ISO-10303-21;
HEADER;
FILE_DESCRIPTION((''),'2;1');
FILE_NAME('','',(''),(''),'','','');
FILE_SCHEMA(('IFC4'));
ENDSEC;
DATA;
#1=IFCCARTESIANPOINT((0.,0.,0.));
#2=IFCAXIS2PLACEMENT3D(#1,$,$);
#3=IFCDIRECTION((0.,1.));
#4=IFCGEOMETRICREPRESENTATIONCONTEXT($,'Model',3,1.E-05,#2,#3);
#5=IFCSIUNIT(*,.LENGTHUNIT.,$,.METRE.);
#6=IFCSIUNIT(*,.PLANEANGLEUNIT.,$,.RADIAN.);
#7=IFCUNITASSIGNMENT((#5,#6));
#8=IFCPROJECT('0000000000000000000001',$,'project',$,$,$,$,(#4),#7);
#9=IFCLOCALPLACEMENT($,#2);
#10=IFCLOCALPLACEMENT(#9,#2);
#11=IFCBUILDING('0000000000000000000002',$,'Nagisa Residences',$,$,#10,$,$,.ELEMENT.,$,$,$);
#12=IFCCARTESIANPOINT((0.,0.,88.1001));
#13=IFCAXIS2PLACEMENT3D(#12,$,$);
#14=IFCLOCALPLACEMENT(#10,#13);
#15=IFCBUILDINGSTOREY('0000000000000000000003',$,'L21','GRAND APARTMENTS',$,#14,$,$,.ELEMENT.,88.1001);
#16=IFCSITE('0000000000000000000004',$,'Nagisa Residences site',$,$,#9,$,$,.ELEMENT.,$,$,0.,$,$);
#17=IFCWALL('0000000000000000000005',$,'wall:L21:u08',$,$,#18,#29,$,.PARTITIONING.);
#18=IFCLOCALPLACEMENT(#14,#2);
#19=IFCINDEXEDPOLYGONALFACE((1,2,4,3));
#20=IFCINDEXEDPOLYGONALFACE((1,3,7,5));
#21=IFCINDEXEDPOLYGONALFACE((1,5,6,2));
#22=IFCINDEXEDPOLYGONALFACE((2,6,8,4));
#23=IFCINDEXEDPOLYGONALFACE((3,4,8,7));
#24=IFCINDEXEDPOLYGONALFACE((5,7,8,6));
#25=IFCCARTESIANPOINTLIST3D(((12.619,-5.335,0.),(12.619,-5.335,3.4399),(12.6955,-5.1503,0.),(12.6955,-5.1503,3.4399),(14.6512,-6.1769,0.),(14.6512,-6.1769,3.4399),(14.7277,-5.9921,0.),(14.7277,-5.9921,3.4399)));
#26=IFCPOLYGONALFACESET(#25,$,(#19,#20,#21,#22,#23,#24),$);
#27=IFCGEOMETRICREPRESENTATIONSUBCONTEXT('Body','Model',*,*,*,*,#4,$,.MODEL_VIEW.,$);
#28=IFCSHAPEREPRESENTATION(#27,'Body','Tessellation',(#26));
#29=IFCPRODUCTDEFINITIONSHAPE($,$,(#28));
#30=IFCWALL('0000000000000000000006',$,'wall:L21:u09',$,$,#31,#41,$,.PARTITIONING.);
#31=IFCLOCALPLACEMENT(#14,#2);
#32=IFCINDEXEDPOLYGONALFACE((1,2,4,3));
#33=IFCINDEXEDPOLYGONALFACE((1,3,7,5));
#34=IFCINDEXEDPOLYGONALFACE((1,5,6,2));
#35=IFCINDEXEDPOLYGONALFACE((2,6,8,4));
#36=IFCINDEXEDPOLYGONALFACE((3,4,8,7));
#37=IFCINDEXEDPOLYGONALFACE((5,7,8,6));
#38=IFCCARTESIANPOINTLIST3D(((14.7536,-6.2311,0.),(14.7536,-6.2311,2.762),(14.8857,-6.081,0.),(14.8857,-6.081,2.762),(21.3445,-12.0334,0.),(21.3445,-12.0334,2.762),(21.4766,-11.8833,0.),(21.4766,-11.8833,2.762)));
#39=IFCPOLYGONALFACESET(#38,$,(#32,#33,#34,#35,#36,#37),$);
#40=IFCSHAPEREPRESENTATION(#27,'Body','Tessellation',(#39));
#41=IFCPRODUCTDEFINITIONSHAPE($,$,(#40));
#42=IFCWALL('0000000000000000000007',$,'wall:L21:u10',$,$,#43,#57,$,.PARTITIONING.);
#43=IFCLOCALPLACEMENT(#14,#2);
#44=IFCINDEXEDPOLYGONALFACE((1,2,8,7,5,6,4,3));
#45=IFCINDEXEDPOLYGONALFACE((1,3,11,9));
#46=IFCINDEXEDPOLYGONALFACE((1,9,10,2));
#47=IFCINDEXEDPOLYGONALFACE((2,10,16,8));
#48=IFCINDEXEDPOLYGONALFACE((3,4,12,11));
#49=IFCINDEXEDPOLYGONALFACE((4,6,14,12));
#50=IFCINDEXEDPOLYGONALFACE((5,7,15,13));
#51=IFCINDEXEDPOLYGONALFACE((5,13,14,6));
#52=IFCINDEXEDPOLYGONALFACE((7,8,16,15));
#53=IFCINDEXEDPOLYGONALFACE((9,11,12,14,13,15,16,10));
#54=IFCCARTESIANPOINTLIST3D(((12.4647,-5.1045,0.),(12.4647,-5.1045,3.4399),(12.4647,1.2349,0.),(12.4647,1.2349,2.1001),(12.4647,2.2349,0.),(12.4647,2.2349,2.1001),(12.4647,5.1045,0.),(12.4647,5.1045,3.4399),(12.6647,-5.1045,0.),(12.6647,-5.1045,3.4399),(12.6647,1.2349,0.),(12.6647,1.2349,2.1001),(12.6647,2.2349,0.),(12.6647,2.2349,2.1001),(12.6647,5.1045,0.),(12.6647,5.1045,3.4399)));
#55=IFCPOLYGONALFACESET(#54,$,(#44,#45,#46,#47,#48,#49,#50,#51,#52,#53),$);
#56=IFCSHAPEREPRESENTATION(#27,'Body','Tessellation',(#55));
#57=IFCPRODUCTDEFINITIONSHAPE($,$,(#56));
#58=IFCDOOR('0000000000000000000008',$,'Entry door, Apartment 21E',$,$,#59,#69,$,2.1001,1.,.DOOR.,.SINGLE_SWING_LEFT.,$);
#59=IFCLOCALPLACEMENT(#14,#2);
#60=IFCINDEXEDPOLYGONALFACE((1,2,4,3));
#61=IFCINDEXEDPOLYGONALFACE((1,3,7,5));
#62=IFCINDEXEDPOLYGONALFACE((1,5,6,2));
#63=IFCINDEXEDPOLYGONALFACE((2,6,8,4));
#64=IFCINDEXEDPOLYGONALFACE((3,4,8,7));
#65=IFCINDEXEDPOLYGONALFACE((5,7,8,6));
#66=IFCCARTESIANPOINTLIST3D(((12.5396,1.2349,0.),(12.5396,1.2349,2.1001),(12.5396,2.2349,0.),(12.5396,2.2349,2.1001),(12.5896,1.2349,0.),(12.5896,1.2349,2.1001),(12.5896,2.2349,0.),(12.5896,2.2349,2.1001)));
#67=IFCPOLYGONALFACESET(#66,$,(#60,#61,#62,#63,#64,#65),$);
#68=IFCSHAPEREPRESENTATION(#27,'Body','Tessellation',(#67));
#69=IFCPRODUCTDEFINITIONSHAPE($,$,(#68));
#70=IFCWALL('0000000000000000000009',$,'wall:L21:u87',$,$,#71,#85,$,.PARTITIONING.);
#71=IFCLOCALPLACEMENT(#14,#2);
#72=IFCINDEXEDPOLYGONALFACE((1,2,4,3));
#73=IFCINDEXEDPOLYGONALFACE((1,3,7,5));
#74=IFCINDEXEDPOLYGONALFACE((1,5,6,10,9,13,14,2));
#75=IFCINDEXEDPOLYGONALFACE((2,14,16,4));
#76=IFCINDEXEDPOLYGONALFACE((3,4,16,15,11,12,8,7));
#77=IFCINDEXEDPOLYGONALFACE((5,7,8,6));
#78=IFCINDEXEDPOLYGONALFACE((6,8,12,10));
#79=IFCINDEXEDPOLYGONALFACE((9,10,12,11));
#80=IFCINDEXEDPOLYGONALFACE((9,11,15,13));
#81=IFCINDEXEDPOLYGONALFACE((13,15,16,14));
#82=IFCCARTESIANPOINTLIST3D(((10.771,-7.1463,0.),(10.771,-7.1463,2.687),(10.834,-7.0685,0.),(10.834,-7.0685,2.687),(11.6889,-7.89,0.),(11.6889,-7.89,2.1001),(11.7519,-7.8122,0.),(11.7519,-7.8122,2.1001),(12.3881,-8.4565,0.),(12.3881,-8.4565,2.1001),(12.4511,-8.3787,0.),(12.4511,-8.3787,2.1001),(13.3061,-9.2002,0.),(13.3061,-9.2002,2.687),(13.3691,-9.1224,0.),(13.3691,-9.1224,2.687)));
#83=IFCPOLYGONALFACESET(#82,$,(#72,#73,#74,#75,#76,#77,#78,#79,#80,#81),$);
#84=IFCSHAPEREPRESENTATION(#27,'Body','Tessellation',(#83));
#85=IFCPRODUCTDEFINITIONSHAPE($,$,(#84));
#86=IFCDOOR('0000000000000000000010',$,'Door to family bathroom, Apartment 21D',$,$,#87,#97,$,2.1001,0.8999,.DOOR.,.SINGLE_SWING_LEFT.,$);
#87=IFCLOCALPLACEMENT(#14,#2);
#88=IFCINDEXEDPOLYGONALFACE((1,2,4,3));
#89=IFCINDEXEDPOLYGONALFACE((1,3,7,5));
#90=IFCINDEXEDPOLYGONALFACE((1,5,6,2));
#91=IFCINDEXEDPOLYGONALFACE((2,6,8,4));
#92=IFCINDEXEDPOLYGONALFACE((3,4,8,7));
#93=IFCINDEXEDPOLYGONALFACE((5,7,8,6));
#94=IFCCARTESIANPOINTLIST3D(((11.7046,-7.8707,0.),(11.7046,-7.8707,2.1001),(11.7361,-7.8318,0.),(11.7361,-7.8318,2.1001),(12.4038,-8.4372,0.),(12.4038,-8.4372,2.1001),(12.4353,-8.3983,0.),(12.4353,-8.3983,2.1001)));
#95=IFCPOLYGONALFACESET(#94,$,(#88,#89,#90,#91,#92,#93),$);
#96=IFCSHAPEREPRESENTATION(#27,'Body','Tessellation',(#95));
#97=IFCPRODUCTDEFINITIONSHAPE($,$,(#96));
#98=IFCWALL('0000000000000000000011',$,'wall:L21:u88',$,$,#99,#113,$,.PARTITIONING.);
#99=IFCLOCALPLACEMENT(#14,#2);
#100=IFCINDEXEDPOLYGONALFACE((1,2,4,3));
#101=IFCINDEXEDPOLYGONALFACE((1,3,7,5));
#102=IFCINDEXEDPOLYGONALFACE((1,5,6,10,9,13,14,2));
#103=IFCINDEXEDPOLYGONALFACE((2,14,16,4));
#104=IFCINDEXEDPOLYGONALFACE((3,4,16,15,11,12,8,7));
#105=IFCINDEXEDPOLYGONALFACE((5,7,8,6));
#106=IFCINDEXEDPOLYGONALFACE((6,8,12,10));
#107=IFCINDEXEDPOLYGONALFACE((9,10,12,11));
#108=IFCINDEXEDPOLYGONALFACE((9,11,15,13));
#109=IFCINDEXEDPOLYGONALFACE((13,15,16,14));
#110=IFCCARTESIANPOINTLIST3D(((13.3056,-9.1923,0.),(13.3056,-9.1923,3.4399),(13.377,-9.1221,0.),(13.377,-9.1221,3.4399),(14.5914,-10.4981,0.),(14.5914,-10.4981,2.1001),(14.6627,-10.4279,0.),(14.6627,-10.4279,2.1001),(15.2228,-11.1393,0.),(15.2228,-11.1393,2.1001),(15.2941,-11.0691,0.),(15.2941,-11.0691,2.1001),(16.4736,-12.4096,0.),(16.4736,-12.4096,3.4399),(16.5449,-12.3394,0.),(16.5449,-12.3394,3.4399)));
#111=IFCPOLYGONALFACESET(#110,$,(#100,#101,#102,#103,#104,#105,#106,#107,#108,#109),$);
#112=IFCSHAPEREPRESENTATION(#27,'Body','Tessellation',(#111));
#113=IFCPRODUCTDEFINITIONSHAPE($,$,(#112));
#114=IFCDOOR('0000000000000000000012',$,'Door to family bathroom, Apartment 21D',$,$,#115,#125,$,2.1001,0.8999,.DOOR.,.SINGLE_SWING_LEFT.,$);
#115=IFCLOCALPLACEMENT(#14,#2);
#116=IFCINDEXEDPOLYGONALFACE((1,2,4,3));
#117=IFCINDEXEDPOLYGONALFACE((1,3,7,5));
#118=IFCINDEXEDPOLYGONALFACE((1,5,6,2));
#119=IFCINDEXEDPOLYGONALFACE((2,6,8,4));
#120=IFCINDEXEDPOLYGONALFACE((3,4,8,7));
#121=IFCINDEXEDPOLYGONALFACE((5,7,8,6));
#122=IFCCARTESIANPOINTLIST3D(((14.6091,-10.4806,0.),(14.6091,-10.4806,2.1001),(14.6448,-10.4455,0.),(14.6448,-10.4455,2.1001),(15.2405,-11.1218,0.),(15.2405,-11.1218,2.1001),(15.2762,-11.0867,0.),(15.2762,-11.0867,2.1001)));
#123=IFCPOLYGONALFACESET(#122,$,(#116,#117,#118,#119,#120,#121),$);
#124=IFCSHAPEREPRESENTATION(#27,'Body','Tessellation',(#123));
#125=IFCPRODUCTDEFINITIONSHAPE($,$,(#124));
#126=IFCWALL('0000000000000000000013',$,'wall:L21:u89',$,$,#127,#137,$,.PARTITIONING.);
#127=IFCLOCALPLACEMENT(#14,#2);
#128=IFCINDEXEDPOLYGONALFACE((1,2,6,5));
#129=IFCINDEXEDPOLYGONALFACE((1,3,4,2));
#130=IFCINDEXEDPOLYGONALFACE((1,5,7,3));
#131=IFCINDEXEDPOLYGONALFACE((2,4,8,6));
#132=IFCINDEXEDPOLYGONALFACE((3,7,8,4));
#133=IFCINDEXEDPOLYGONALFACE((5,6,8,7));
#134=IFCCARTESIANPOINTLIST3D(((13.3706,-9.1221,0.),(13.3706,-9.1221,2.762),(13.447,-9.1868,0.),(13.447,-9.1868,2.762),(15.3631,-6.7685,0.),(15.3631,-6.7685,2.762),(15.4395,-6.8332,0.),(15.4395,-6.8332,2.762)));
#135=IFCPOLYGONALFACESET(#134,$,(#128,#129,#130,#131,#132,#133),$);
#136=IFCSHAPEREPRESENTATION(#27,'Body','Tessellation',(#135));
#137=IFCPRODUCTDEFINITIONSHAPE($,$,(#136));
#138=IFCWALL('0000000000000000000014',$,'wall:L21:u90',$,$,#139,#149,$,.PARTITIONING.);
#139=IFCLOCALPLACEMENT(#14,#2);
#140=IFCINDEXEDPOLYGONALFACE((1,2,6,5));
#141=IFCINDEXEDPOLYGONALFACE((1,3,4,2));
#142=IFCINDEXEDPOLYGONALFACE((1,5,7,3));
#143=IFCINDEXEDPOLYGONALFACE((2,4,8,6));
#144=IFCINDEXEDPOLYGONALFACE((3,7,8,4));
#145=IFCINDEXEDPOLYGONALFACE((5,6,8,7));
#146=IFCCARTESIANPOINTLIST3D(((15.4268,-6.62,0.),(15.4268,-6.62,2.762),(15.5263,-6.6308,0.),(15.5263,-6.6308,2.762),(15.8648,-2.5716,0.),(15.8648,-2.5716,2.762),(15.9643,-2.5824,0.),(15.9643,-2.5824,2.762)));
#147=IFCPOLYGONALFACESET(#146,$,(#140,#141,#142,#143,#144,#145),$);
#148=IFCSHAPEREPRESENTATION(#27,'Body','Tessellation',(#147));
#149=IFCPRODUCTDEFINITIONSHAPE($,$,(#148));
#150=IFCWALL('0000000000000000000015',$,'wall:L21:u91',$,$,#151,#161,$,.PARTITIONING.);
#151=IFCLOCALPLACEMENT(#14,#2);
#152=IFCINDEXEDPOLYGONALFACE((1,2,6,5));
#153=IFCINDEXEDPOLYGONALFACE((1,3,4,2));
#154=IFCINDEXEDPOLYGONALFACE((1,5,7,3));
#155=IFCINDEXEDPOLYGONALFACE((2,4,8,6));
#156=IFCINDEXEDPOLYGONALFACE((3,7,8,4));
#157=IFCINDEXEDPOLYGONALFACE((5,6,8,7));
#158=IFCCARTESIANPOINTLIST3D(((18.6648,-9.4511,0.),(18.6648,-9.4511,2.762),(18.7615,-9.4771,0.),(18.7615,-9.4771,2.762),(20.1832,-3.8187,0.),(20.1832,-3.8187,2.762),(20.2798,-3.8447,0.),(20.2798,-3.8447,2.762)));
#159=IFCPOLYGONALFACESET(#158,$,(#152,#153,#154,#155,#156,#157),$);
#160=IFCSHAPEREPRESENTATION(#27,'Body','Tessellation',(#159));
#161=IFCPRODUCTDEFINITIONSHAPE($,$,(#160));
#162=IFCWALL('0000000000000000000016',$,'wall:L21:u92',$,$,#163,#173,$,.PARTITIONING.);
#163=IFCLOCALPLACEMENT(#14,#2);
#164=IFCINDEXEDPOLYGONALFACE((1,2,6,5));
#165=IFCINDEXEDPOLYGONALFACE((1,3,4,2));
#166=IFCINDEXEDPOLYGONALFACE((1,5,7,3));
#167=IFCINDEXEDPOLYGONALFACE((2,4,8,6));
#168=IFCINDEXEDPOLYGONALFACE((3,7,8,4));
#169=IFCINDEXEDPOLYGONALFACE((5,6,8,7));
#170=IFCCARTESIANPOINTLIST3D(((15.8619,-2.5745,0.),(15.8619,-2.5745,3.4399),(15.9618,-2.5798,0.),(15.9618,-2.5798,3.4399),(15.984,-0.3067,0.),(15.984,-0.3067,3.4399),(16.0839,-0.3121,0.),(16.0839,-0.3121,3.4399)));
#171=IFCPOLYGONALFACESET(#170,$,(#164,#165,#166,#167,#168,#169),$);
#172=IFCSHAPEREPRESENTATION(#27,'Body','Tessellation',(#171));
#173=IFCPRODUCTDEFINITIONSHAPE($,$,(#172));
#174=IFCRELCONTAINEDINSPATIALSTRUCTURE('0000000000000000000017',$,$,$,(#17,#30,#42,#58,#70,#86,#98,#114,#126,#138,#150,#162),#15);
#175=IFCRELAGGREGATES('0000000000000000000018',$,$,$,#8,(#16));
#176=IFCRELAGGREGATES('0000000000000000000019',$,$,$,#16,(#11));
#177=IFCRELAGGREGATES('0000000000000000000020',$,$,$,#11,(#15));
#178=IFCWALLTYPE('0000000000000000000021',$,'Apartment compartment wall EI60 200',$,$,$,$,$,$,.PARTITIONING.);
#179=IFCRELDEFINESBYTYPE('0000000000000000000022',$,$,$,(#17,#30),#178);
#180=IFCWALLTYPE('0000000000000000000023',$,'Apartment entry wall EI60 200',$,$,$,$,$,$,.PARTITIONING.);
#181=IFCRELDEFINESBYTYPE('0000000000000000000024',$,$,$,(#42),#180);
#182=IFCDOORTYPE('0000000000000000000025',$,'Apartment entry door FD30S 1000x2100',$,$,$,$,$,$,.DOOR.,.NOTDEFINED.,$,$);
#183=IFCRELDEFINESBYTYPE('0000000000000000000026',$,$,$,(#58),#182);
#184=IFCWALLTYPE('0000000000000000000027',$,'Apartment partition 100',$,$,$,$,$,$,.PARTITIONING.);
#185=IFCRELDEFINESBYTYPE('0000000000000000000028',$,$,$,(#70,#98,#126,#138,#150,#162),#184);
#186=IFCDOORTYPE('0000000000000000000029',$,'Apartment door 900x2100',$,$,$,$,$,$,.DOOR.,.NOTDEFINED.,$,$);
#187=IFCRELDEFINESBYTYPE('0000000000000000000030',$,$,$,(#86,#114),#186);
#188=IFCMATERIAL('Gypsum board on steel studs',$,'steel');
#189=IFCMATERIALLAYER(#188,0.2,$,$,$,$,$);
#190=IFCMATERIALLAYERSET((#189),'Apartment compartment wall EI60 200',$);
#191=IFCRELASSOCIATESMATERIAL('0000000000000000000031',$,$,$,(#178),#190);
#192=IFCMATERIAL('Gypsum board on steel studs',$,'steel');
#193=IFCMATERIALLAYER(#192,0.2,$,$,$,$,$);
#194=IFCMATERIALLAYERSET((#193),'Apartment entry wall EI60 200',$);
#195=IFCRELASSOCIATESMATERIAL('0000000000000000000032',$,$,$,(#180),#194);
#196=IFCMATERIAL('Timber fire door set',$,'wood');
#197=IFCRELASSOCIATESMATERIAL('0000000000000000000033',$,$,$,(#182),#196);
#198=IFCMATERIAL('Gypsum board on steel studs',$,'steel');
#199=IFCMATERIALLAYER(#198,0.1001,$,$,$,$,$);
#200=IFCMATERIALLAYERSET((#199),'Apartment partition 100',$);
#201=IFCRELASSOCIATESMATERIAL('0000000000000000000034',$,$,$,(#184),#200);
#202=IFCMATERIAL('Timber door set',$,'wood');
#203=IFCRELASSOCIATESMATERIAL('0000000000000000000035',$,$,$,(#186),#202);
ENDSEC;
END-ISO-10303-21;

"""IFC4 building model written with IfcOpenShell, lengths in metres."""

from ifc_helpers import new_model, si_unit, direction, frame, frame_2d, origin, place, context, subcontext, project, spatial, rectangle, extrude, material, layer, layer_set, type_object, element, fill, save


model = new_model("IFC4")

# Units and contexts
model_context = context("Model", 3, precision=1e-05, world=origin(), true_north=direction((0.0, 1.0)))
body_context = subcontext(model_context, "Body", "Model", "MODEL_VIEW")
ifc_project = project(units=[si_unit("LENGTHUNIT", "METRE"), si_unit("PLANEANGLEUNIT", "RADIAN")], contexts=[model_context])

# Site, building, storey
site_placement = place(None, origin())
site = spatial("IfcSite", under=ifc_project, at=site_placement, Name="Nagisa Residences site", CompositionType="ELEMENT", RefElevation=0.0)
building_placement = place(site_placement, origin())
building = spatial("IfcBuilding", under=site, at=building_placement, Name="Nagisa Residences", CompositionType="ELEMENT")
storey_placement = place(building_placement, frame((0.0, 0.0, 88.1001)))
storey = spatial("IfcBuildingStorey", under=building, at=storey_placement, Name="L21", Description="GRAND APARTMENTS", CompositionType="ELEMENT", Elevation=88.1001)

# Walls
ifc_material_1 = material(Name="Gypsum board on steel studs", Category="steel")
ifc_layer_1 = layer(ifc_material_1, 0.2)
ifc_layer_set_1 = layer_set([ifc_layer_1], Name="Apartment compartment wall EI60 200")
wall_type_1 = type_object("IfcWallType", Name="Apartment compartment wall EI60 200", PredefinedType="PARTITIONING", material=ifc_layer_set_1)
wall_1_placement = place(storey_placement, frame((12.6572, -5.2427, 0.0), z_axis=(0.0, 0.0, 1.0), x_axis=(0.923876, -0.382692, 0.0)))
element("IfcWall", 1, at=wall_1_placement, inside=storey, type_object=wall_type_1, Name="wall:L21:u08", PredefinedType="PARTITIONING", context=body_context, shape_type="SweptSolid", body=[
    extrude(rectangle(XDim=2.1997, YDim=0.2, at=frame_2d((1.0999, 0.0))), origin(), (0.0, 0.0, 1.0), 3.4399),
])
wall_2_placement = place(storey_placement, frame((14.8196, -6.156, 0.0), z_axis=(0.0, 0.0, 1.0), x_axis=(0.750582, -0.660777, 0.0)))
element("IfcWall", 2, at=wall_2_placement, inside=storey, type_object=wall_type_1, Name="wall:L21:u09", PredefinedType="PARTITIONING", context=body_context, shape_type="SweptSolid", body=[
    extrude(rectangle(XDim=8.781, YDim=0.2, at=frame_2d((4.3906, 0.0))), origin(), (0.0, 0.0, 1.0), 2.762),
])

# Walls, openings, doors
ifc_material_2 = material(Name="Gypsum board on steel studs", Category="steel")
ifc_layer_2 = layer(ifc_material_2, 0.2)
ifc_layer_set_2 = layer_set([ifc_layer_2], Name="Apartment entry wall EI60 200")
wall_type_2 = type_object("IfcWallType", Name="Apartment entry wall EI60 200", PredefinedType="PARTITIONING", material=ifc_layer_set_2)
wall_3_placement = place(storey_placement, frame((12.5647, -5.1045, 0.0), z_axis=(0.0, 0.0, 1.0), x_axis=(0.0, 1.0, 0.0)))
wall_3 = element("IfcWall", 3, at=wall_3_placement, inside=storey, type_object=wall_type_2, Name="wall:L21:u10", PredefinedType="PARTITIONING", context=body_context, shape_type="SweptSolid", body=[
    extrude(rectangle(XDim=10.209, YDim=0.2, at=frame_2d((5.1045, 0.0))), origin(), (0.0, 0.0, 1.0), 3.4399),
])
opening_1_placement = place(wall_3_placement, frame((6.3394, 0.0, 0.0)))
opening_1 = element("IfcOpeningElement", 4, at=opening_1_placement, cuts=wall_3, PredefinedType="OPENING", context=body_context, shape_type="SweptSolid", body=[
    extrude(rectangle(XDim=1.0, YDim=2.1001, at=frame_2d((0.5, 1.05))), frame((0.0, 0.1099, 0.0), z_axis=(0.0, -1.0, 0.0), x_axis=(1.0, 0.0, 0.0)), (0.0, 0.0, 1.0), 0.22),
])
ifc_material_3 = material(Name="Timber fire door set", Category="wood")
door_type_1 = type_object("IfcDoorType", Name="Apartment entry door FD30S 1000x2100", OperationType="NOTDEFINED", PredefinedType="DOOR", material=ifc_material_3)
door_1_placement = place(opening_1_placement, frame((1.0, 0.0, 0.0), x_axis=(-1.0, 0.0, 0.0)))
door_1 = element("IfcDoor", 5, at=door_1_placement, inside=storey, type_object=door_type_1, Name="Entry door, Apartment 21E", OperationType="SINGLE_SWING_LEFT", OverallHeight=2.1001, OverallWidth=1.0, PredefinedType="DOOR", context=body_context, shape_type="SweptSolid", body=[
    extrude(rectangle(XDim=1.0, YDim=2.1001, at=frame_2d((0.5, 1.05))), frame((0.0, 0.0249, 0.0), z_axis=(0.0, -1.0, 0.0), x_axis=(1.0, 0.0, 0.0)), (0.0, 0.0, 1.0), 0.05),
])
fill(opening_1, door_1)
ifc_material_4 = material(Name="Gypsum board on steel studs", Category="steel")
ifc_layer_3 = layer(ifc_material_4, 0.1001)
ifc_layer_set_3 = layer_set([ifc_layer_3], Name="Apartment partition 100")
wall_type_3 = type_object("IfcWallType", Name="Apartment partition 100", PredefinedType="PARTITIONING", material=ifc_layer_set_3)
wall_4_placement = place(storey_placement, frame((10.8025, -7.1074, 0.0), z_axis=(0.0, 0.0, 1.0), x_axis=(0.776992, -0.62951, 0.0)))
wall_4 = element("IfcWall", 6, at=wall_4_placement, inside=storey, type_object=wall_type_3, Name="wall:L21:u87", PredefinedType="PARTITIONING", context=body_context, shape_type="SweptSolid", body=[
    extrude(rectangle(XDim=3.2627, YDim=0.1001, at=frame_2d((1.6313, 0.0))), origin(), (0.0, 0.0, 1.0), 2.687),
])
opening_2_placement = place(wall_4_placement, frame((1.1814, 0.0, 0.0)))
opening_2 = element("IfcOpeningElement", 7, at=opening_2_placement, cuts=wall_4, PredefinedType="OPENING", context=body_context, shape_type="SweptSolid", body=[
    extrude(rectangle(XDim=0.8999, YDim=2.1001, at=frame_2d((0.45, 1.05))), frame((0.0, 0.0601, 0.0), z_axis=(0.0, -1.0, 0.0), x_axis=(1.0, 0.0, 0.0)), (0.0, 0.0, 1.0), 0.1201),
])
ifc_material_5 = material(Name="Timber door set", Category="wood")
door_type_2 = type_object("IfcDoorType", Name="Apartment door 900x2100", OperationType="NOTDEFINED", PredefinedType="DOOR", material=ifc_material_5)
door_2_placement = place(opening_2_placement, origin())
door_2 = element("IfcDoor", 8, at=door_2_placement, inside=storey, type_object=door_type_2, Name="Door to family bathroom, Apartment 21D", OperationType="SINGLE_SWING_LEFT", OverallHeight=2.1001, OverallWidth=0.8999, PredefinedType="DOOR", context=body_context, shape_type="SweptSolid", body=[
    extrude(rectangle(XDim=0.8999, YDim=2.1001, at=frame_2d((0.45, 1.05))), frame((0.0, 0.0249, 0.0), z_axis=(0.0, -1.0, 0.0), x_axis=(1.0, 0.0, 0.0)), (0.0, 0.0, 1.0), 0.05),
])
fill(opening_2, door_2)
wall_5_placement = place(storey_placement, frame((13.3413, -9.1572, 0.0), z_axis=(0.0, 0.0, 1.0), x_axis=(0.701625, -0.712547, 0.0)))
wall_5 = element("IfcWall", 9, at=wall_5_placement, inside=storey, type_object=wall_type_3, Name="wall:L21:u88", PredefinedType="PARTITIONING", context=body_context, shape_type="SweptSolid", body=[
    extrude(rectangle(XDim=4.5151, YDim=0.1001, at=frame_2d((2.2576, 0.0))), origin(), (0.0, 0.0, 1.0), 3.4399),
])
opening_3_placement = place(wall_5_placement, frame((1.8325, 0.0, 0.0)))
opening_3 = element("IfcOpeningElement", 10, at=opening_3_placement, cuts=wall_5, PredefinedType="OPENING", context=body_context, shape_type="SweptSolid", body=[
    extrude(rectangle(XDim=0.8999, YDim=2.1001, at=frame_2d((0.45, 1.05))), frame((0.0, 0.0601, 0.0), z_axis=(0.0, -1.0, 0.0), x_axis=(1.0, 0.0, 0.0)), (0.0, 0.0, 1.0), 0.1201),
])
door_3_placement = place(opening_3_placement, origin())
door_3 = element("IfcDoor", 11, at=door_3_placement, inside=storey, type_object=door_type_2, Name="Door to family bathroom, Apartment 21D", OperationType="SINGLE_SWING_LEFT", OverallHeight=2.1001, OverallWidth=0.8999, PredefinedType="DOOR", context=body_context, shape_type="SweptSolid", body=[
    extrude(rectangle(XDim=0.8999, YDim=2.1001, at=frame_2d((0.45, 1.05))), frame((0.0, 0.0249, 0.0), z_axis=(0.0, -1.0, 0.0), x_axis=(1.0, 0.0, 0.0)), (0.0, 0.0, 1.0), 0.05),
])
fill(opening_3, door_3)

# Walls
wall_6_placement = place(storey_placement, frame((13.4087, -9.1545, 0.0), z_axis=(0.0, 0.0, 1.0), x_axis=(0.64613, 0.763227, 0.0)))
element("IfcWall", 12, at=wall_6_placement, inside=storey, type_object=wall_type_3, Name="wall:L21:u89", PredefinedType="PARTITIONING", context=body_context, shape_type="SweptSolid", body=[
    extrude(rectangle(XDim=3.0837, YDim=0.1001, at=frame_2d((1.542, 0.0))), origin(), (0.0, 0.0, 1.0), 2.762),
])
wall_7_placement = place(storey_placement, frame((15.4766, -6.6255, 0.0), z_axis=(0.0, 0.0, 1.0), x_axis=(0.107562, 0.994198, 0.0)))
element("IfcWall", 13, at=wall_7_placement, inside=storey, type_object=wall_type_3, Name="wall:L21:u90", PredefinedType="PARTITIONING", context=body_context, shape_type="SweptSolid", body=[
    extrude(rectangle(XDim=4.072, YDim=0.1001, at=frame_2d((2.0361, 0.0))), origin(), (0.0, 0.0, 1.0), 2.762),
])
wall_8_placement = place(storey_placement, frame((18.7131, -9.4641, 0.0), z_axis=(0.0, 0.0, 1.0), x_axis=(0.26028, 0.965533, 0.0)))
element("IfcWall", 14, at=wall_8_placement, inside=storey, type_object=wall_type_3, Name="wall:L21:u91", PredefinedType="PARTITIONING", context=body_context, shape_type="SweptSolid", body=[
    extrude(rectangle(XDim=5.8335, YDim=0.1001, at=frame_2d((2.9167, 0.0))), origin(), (0.0, 0.0, 1.0), 2.762),
])
wall_9_placement = place(storey_placement, frame((15.9119, -2.5771, 0.0), z_axis=(0.0, 0.0, 1.0), x_axis=(0.053749, 0.998554, 0.0)))
element("IfcWall", 15, at=wall_9_placement, inside=storey, type_object=wall_type_3, Name="wall:L21:u92", PredefinedType="PARTITIONING", context=body_context, shape_type="SweptSolid", body=[
    extrude(rectangle(XDim=2.271, YDim=0.1001, at=frame_2d((1.1355, 0.0))), origin(), (0.0, 0.0, 1.0), 3.4399),
])

save(model, "model.ifc")
